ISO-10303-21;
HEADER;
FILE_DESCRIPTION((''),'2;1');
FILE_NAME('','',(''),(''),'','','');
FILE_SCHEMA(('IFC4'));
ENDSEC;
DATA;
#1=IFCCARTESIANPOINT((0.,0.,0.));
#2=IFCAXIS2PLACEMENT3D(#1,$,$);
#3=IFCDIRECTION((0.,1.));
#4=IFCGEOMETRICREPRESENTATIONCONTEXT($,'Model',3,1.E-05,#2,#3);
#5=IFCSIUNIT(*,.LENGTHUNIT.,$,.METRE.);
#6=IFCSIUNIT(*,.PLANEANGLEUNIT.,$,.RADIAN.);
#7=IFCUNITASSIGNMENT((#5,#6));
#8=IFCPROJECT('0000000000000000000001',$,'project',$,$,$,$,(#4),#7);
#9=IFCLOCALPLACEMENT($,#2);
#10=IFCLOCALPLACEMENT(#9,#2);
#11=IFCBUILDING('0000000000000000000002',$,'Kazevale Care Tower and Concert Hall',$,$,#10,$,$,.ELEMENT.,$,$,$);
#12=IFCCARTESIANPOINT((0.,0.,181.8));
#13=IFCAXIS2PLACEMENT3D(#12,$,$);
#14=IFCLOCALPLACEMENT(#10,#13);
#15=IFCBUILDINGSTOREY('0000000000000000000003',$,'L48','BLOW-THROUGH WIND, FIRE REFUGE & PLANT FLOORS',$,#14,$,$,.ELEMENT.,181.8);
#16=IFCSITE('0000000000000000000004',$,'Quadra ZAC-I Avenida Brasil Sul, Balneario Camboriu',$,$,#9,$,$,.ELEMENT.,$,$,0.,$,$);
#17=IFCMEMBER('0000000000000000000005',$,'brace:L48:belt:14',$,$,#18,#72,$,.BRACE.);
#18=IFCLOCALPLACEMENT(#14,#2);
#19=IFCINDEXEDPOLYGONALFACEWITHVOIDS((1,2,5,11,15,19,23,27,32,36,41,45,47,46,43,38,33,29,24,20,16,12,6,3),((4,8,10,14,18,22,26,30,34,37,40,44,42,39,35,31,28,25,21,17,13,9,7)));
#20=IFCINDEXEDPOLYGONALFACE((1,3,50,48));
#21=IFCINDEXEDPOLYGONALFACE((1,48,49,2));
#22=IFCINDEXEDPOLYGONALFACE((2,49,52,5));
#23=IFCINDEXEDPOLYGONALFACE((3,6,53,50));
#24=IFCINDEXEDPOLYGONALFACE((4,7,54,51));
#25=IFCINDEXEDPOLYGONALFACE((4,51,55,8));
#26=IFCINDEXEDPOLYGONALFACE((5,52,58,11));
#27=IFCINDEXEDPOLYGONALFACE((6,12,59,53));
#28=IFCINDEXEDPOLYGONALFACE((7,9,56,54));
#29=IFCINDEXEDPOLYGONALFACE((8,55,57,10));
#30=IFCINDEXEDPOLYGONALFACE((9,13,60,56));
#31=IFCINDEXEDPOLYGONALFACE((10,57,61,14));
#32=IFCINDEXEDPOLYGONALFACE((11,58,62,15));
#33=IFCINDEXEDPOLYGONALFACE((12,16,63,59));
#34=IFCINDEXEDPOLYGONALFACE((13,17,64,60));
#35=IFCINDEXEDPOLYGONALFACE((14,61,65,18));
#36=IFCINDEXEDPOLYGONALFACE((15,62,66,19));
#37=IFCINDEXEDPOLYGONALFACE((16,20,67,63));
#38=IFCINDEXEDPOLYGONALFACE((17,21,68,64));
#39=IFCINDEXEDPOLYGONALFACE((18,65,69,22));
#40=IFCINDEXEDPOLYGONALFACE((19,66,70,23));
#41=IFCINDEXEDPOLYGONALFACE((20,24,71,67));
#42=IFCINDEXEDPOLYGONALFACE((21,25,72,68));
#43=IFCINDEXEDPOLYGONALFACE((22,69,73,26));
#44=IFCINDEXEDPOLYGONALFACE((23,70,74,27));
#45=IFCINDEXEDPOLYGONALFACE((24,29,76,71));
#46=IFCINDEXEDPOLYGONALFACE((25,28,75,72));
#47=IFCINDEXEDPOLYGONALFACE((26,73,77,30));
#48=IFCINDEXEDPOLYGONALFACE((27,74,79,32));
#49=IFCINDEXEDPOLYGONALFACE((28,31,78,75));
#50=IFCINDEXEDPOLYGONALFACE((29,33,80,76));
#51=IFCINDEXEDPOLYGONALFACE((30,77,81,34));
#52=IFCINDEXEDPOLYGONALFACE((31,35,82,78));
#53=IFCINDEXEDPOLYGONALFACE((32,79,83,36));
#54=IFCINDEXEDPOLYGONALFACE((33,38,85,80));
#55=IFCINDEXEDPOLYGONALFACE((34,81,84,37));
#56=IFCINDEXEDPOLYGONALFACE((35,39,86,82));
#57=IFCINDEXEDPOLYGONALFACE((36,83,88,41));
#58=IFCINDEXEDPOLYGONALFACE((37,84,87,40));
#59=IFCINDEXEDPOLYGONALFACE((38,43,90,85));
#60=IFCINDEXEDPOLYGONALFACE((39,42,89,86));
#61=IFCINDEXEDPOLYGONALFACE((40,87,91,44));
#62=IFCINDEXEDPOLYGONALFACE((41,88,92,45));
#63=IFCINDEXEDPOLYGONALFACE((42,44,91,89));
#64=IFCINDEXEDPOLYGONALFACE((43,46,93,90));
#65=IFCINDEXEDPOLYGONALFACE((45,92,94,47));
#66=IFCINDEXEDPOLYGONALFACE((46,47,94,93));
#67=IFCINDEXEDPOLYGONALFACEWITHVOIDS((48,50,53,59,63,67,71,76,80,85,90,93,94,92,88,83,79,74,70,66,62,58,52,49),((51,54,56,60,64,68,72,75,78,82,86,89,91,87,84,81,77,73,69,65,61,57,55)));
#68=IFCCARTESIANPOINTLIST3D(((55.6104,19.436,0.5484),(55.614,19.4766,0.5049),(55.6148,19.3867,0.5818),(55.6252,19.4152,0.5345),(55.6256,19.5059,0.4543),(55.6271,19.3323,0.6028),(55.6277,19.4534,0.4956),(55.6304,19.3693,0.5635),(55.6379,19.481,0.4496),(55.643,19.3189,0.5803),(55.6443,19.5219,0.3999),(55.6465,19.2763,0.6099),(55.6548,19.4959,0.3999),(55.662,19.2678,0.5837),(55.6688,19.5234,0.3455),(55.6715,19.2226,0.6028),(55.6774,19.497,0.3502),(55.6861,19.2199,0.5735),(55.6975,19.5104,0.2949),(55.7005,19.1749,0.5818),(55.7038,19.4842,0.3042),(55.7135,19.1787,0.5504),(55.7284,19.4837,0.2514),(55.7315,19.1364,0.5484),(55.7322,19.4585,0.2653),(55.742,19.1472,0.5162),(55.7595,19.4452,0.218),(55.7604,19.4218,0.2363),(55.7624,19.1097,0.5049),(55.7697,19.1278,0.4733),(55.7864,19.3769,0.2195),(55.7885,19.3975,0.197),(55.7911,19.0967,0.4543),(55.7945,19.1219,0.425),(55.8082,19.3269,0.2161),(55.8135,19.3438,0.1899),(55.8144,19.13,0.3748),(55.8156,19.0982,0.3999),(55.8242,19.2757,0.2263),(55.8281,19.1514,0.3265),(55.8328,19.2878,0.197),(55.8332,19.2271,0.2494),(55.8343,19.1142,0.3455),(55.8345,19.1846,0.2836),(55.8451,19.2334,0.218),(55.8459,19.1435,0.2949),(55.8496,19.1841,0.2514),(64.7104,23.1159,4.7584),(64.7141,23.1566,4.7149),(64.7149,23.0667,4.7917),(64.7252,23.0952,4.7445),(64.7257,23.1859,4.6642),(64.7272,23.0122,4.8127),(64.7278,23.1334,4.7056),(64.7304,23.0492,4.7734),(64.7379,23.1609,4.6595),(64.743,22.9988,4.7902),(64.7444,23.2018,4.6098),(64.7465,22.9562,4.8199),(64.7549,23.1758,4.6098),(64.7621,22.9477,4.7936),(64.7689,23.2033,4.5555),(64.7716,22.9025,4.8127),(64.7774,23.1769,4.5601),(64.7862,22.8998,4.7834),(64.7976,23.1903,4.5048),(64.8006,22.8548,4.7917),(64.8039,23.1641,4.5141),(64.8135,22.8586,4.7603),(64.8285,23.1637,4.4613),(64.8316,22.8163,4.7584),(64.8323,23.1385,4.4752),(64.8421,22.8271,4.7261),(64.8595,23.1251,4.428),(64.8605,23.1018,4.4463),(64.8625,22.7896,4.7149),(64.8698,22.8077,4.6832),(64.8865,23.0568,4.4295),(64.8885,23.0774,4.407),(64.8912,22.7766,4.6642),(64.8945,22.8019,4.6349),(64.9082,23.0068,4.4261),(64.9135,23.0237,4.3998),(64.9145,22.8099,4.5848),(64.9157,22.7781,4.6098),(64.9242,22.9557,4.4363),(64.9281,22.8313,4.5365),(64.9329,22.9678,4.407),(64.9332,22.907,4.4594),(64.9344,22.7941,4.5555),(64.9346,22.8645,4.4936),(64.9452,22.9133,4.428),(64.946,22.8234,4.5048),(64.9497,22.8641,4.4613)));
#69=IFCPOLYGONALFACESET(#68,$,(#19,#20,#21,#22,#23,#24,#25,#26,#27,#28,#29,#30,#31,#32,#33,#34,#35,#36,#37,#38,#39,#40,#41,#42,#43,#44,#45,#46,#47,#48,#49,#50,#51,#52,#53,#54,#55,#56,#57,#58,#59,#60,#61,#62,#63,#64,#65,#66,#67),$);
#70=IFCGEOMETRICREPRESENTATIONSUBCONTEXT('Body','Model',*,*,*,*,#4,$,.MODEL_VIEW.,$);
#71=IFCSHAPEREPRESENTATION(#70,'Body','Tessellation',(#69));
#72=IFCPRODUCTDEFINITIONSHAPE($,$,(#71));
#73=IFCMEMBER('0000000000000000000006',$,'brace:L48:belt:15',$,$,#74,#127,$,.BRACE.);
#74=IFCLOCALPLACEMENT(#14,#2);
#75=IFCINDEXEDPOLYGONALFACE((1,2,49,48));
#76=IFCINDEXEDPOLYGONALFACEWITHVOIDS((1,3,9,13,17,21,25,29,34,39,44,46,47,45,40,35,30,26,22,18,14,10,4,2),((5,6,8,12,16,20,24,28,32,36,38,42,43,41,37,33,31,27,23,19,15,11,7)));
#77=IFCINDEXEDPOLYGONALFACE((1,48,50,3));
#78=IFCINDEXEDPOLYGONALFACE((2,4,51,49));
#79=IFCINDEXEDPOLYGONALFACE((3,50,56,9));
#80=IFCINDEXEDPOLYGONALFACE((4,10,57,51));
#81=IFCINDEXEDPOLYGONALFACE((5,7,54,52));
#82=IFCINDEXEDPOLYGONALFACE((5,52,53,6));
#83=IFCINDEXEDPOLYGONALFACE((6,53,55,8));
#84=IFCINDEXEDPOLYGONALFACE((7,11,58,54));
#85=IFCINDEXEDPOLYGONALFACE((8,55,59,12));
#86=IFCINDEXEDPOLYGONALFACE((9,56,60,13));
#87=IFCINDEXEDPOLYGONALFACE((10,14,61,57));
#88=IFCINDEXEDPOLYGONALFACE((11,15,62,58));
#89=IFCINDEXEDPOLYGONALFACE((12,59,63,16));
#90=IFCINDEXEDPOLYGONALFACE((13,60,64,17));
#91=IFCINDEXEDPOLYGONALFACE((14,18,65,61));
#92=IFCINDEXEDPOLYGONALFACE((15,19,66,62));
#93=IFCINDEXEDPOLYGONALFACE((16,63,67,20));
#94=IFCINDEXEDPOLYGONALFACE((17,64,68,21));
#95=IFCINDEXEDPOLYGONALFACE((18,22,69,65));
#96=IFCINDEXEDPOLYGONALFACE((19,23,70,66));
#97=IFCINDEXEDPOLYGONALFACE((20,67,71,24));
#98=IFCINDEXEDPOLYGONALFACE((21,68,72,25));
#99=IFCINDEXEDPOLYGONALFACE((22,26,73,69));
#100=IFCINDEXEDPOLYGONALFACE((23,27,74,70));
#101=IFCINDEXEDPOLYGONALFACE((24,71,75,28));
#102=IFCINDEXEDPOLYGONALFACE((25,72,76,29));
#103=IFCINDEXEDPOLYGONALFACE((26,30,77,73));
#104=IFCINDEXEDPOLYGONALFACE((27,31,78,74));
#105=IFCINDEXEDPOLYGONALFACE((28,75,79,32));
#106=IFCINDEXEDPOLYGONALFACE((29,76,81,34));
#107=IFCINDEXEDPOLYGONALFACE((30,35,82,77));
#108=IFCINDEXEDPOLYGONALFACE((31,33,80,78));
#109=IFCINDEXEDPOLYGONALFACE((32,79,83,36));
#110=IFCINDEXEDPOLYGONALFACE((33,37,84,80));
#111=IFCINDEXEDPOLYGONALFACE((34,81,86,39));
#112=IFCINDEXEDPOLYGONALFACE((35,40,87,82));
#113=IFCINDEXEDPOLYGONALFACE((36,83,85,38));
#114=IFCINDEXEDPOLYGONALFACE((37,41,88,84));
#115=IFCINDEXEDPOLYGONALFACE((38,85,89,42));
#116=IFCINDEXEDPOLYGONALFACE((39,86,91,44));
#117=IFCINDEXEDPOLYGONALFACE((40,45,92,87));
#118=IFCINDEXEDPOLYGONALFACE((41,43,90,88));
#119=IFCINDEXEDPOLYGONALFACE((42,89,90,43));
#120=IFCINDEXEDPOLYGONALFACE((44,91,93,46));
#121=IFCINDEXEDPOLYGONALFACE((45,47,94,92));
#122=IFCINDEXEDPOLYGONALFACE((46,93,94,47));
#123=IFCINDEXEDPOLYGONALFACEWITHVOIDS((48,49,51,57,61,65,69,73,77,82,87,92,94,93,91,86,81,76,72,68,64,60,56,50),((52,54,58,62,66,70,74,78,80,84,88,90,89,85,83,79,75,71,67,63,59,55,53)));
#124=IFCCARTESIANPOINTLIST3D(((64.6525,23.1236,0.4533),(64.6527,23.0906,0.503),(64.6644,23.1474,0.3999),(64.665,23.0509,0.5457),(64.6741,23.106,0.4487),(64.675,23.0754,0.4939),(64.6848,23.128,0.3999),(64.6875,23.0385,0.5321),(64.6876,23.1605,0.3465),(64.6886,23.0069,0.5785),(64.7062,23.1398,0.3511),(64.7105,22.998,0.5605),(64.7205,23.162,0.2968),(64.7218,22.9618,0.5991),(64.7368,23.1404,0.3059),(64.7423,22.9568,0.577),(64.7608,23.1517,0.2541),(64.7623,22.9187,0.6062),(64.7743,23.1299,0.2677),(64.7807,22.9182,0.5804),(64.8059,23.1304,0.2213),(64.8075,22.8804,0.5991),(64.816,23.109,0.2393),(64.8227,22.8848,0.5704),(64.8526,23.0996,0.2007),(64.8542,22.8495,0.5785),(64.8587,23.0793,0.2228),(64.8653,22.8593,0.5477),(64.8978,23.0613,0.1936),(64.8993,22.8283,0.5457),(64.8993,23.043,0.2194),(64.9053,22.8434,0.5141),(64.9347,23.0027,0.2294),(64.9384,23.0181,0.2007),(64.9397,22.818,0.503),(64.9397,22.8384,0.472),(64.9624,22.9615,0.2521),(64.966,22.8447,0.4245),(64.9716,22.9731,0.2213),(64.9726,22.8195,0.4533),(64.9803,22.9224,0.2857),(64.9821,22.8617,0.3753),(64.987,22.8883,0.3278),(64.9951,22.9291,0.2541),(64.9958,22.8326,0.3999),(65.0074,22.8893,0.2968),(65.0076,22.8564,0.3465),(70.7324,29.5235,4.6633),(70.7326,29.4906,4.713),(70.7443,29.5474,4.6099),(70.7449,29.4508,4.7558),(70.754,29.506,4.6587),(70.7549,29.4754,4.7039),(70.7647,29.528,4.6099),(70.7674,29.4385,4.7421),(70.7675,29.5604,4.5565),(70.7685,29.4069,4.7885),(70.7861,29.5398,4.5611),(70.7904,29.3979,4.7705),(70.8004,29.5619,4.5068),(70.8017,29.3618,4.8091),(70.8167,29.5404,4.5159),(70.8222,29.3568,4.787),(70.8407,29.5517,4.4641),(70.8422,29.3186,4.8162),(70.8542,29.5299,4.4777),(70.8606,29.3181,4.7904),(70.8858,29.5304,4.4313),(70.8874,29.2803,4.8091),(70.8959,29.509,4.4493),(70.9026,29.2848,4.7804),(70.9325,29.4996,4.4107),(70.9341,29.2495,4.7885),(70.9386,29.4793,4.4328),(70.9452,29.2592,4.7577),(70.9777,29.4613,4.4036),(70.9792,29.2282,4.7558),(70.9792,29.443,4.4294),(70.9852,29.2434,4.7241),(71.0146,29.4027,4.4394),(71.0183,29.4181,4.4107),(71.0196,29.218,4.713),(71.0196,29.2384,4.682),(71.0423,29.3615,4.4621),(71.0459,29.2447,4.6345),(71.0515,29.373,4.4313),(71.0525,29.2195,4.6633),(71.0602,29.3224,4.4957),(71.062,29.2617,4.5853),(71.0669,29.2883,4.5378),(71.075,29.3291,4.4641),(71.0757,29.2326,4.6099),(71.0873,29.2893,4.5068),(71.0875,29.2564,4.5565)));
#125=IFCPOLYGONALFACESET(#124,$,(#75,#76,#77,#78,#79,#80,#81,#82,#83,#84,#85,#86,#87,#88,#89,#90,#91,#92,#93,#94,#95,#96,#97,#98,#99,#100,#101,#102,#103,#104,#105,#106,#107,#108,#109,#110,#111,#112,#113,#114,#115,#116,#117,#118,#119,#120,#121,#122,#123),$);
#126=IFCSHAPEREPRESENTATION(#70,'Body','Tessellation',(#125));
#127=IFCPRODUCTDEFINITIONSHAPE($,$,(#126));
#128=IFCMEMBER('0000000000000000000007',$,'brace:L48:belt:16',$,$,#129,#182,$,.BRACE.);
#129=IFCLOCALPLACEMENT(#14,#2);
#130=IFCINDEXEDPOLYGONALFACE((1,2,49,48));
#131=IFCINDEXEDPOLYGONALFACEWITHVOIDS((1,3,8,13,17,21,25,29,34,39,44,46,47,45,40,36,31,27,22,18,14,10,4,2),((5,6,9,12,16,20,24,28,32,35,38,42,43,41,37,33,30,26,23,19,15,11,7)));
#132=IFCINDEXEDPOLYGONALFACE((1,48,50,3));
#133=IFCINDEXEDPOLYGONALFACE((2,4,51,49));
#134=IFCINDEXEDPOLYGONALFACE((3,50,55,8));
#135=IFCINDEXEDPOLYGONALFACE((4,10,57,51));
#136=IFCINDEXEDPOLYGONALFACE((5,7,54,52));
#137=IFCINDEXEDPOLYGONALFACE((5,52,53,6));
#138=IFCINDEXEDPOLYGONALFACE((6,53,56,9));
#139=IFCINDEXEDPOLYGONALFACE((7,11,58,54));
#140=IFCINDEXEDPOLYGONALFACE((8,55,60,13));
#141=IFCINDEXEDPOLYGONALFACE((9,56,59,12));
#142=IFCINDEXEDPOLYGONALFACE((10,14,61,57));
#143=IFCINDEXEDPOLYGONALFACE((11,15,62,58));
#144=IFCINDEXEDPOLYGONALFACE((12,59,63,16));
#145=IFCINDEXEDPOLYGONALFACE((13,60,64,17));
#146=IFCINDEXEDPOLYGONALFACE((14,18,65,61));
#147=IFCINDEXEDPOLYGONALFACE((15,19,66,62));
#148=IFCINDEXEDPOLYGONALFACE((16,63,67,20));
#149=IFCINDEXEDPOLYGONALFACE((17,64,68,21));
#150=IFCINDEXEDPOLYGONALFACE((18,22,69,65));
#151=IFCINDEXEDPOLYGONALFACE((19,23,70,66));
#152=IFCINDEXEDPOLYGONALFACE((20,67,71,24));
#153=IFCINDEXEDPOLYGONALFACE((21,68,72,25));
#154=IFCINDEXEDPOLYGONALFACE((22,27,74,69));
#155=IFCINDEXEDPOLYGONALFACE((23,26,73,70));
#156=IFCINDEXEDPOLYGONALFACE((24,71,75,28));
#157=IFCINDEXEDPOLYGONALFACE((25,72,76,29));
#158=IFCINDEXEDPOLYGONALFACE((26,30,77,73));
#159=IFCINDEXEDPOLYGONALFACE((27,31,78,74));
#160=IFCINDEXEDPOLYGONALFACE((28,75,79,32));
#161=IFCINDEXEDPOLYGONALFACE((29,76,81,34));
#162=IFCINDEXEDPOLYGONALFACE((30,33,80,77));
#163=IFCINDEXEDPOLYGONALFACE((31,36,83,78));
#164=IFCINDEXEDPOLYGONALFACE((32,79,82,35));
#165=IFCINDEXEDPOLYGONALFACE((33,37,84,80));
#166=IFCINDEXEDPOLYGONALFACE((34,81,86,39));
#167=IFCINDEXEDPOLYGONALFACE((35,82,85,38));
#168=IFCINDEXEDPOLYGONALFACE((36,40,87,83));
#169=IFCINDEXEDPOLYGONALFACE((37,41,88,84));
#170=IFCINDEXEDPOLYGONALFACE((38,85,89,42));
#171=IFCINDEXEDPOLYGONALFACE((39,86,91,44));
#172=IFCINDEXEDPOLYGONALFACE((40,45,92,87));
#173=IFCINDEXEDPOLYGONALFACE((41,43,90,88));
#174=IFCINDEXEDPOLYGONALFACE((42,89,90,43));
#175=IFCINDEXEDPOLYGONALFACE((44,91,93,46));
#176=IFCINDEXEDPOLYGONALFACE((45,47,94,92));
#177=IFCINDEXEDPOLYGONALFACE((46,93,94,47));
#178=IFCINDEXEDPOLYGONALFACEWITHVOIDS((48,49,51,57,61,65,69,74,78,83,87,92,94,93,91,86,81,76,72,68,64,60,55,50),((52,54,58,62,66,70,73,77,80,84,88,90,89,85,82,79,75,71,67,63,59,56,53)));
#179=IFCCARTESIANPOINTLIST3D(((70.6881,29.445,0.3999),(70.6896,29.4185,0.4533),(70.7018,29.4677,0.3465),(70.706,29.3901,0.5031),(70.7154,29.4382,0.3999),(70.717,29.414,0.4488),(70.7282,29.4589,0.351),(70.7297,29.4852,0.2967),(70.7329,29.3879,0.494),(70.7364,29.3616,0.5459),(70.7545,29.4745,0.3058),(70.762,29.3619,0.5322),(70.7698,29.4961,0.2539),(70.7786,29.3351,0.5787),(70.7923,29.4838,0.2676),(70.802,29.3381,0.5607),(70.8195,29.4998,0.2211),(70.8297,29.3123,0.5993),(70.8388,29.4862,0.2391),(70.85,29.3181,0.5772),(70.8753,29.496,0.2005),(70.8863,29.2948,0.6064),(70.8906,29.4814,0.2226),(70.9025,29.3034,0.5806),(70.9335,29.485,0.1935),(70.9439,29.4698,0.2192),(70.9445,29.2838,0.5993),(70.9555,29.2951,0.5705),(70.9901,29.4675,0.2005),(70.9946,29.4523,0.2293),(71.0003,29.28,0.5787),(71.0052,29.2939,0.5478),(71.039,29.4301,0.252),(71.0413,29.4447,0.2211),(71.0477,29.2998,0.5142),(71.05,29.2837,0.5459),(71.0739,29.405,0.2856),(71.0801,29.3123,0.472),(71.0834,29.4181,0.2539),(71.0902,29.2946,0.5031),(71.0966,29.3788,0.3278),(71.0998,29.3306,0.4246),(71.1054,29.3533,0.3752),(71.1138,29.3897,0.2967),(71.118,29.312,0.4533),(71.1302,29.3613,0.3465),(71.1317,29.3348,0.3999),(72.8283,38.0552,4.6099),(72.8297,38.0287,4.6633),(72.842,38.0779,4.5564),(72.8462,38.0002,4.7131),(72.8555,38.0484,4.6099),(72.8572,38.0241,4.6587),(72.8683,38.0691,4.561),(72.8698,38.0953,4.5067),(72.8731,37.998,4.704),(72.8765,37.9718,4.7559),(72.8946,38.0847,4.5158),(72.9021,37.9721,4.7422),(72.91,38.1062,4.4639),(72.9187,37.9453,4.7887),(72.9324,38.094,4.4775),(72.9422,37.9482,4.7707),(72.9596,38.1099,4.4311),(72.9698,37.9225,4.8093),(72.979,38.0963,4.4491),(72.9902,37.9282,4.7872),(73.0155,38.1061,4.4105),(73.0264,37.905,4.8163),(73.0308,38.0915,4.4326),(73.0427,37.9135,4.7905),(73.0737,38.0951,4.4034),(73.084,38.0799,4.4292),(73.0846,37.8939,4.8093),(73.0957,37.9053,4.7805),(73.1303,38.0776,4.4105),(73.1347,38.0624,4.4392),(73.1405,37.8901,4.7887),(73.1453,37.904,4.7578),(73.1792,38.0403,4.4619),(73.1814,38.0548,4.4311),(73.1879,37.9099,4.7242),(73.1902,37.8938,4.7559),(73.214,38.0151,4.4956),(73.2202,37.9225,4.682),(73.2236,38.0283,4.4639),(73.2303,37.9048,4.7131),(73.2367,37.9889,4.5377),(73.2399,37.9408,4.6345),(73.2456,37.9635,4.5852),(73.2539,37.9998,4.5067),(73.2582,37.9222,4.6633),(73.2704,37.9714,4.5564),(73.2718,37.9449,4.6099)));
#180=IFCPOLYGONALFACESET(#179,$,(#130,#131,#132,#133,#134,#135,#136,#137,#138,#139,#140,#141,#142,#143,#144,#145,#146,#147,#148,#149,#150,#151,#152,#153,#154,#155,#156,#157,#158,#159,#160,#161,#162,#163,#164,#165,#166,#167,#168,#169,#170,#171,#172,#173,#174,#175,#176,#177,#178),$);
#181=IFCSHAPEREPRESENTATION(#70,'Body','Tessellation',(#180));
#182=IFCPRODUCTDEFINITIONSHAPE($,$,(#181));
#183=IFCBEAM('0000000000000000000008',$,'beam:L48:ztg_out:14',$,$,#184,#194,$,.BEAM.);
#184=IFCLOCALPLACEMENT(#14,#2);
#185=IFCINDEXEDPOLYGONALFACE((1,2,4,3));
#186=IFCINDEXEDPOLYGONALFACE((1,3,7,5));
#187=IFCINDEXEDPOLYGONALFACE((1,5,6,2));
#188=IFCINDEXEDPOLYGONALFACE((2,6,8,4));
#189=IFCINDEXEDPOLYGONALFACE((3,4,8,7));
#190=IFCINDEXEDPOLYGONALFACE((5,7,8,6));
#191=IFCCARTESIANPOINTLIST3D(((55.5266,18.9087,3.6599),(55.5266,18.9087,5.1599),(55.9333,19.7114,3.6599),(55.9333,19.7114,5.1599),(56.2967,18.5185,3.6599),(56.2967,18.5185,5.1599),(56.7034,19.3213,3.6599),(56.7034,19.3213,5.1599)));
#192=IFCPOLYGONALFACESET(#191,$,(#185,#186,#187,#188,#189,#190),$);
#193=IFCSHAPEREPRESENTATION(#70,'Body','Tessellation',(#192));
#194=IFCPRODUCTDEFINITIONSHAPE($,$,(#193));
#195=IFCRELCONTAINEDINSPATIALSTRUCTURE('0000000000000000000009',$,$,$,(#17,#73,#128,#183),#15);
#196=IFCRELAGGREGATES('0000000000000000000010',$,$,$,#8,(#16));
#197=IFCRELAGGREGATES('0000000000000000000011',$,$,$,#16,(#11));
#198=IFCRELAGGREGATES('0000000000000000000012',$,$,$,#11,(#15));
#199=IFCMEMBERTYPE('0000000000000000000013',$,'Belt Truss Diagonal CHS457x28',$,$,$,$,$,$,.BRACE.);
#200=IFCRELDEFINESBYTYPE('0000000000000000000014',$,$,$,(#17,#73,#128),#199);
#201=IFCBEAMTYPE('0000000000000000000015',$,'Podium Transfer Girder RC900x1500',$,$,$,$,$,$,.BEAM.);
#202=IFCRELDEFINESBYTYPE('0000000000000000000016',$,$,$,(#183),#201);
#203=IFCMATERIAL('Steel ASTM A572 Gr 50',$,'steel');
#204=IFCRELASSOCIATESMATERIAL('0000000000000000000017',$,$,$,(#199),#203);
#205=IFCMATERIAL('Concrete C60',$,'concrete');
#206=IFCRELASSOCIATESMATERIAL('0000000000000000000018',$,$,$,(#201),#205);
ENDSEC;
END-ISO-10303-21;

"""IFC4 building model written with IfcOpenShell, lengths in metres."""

from ifc_helpers import new_model, si_unit, direction, frame, origin, origin_2d, place, context, subcontext, project, spatial, rectangle, hollow_circle, extrude, material, material_profile, profile_set, type_object, element, save


model = new_model("IFC4")

# Units and contexts
model_context = context("Model", 3, precision=1e-05, world=origin(), true_north=direction((0.0, 1.0)))
body_context = subcontext(model_context, "Body", "Model", "MODEL_VIEW")
ifc_project = project(units=[si_unit("LENGTHUNIT", "METRE"), si_unit("PLANEANGLEUNIT", "RADIAN")], contexts=[model_context])

# Site, building, storey
site_placement = place(None, origin())
site = spatial("IfcSite", under=ifc_project, at=site_placement, Name="Quadra ZAC-I Avenida Brasil Sul, Balneario Camboriu", CompositionType="ELEMENT", RefElevation=0.0)
building_placement = place(site_placement, origin())
building = spatial("IfcBuilding", under=site, at=building_placement, Name="Kazevale Care Tower and Concert Hall", CompositionType="ELEMENT")
storey_placement = place(building_placement, frame((0.0, 0.0, 181.8)))
storey = spatial("IfcBuildingStorey", under=building, at=storey_placement, Name="L48", Description="BLOW-THROUGH WIND, FIRE REFUGE & PLANT FLOORS", CompositionType="ELEMENT", Elevation=181.8)

# Shared definitions
ifc_material_1 = material(Name="Concrete C60", Category="concrete")

# Members
ifc_material_2 = material(Name="Steel ASTM A572 Gr 50", Category="steel")
ifc_material_profile_1 = material_profile(ifc_material_2, hollow_circle(Radius=0.2285, WallThickness=0.0281, at=origin_2d()), Name="CHS457x28")
ifc_profile_set_1 = profile_set([ifc_material_profile_1], Name="Steel ASTM A572 Gr 50")
member_type = type_object("IfcMemberType", Name="Belt Truss Diagonal CHS457x28", PredefinedType="BRACE", material=ifc_profile_set_1)
member_1_placement = place(storey_placement, frame((55.73, 19.3101, 0.3999), z_axis=(0.852013, 0.34454, 0.394165), x_axis=(-0.374892, 0.927069, 0.0)))
element("IfcMember", 1, at=member_1_placement, inside=storey, type_object=member_type, Name="brace:L48:belt:14", PredefinedType="BRACE", context=body_context, shape_type="SweptSolid", body=[
    extrude(hollow_circle(Radius=0.2285, WallThickness=0.0281, at=origin_2d()), origin(), (0.0, 0.0, 1.0), 10.6807),
])
member_2_placement = place(storey_placement, frame((64.8301, 22.99, 0.3999), z_axis=(0.621665, 0.654392, 0.43047), x_axis=(-0.725004, 0.688745, 0.0)))
element("IfcMember", 2, at=member_2_placement, inside=storey, type_object=member_type, Name="brace:L48:belt:15", PredefinedType="BRACE", context=body_context, shape_type="SweptSolid", body=[
    extrude(hollow_circle(Radius=0.2285, WallThickness=0.0281, at=origin_2d()), origin(), (0.0, 0.0, 1.0), 9.78),
])
member_3_placement = place(storey_placement, frame((70.9099, 29.3899, 0.3999), z_axis=(0.21793, 0.876768, 0.428701), x_axis=(-0.97047, 0.241221, 0.0)))
element("IfcMember", 3, at=member_3_placement, inside=storey, type_object=member_type, Name="brace:L48:belt:16", PredefinedType="BRACE", context=body_context, shape_type="SweptSolid", body=[
    extrude(hollow_circle(Radius=0.2285, WallThickness=0.0281, at=origin_2d()), origin(), (0.0, 0.0, 1.0), 9.8203),
])

# Beam
ifc_material_profile_2 = material_profile(ifc_material_1, rectangle(XDim=0.8999, YDim=1.5, at=origin_2d()), Name="RC-TG900x1500")
ifc_profile_set_2 = profile_set([ifc_material_profile_2], Name="Concrete C60")
beam_type_1 = type_object("IfcBeamType", Name="Podium Transfer Girder RC900x1500", PredefinedType="BEAM", material=ifc_profile_set_2)
beam_1_placement = place(storey_placement, frame((55.73, 19.3101, 4.4099), z_axis=(0.892039, -0.451959, 0.0), x_axis=(0.451959, 0.892039, 0.0)))
element("IfcBeam", 4, at=beam_1_placement, inside=storey, type_object=beam_type_1, Name="beam:L48:ztg_out:14", PredefinedType="BEAM", context=body_context, shape_type="SweptSolid", body=[
    extrude(rectangle(XDim=0.8999, YDim=1.5, at=origin_2d()), origin(), (0.0, 0.0, 1.0), 0.8633),
])

save(model, "model.ifc")
